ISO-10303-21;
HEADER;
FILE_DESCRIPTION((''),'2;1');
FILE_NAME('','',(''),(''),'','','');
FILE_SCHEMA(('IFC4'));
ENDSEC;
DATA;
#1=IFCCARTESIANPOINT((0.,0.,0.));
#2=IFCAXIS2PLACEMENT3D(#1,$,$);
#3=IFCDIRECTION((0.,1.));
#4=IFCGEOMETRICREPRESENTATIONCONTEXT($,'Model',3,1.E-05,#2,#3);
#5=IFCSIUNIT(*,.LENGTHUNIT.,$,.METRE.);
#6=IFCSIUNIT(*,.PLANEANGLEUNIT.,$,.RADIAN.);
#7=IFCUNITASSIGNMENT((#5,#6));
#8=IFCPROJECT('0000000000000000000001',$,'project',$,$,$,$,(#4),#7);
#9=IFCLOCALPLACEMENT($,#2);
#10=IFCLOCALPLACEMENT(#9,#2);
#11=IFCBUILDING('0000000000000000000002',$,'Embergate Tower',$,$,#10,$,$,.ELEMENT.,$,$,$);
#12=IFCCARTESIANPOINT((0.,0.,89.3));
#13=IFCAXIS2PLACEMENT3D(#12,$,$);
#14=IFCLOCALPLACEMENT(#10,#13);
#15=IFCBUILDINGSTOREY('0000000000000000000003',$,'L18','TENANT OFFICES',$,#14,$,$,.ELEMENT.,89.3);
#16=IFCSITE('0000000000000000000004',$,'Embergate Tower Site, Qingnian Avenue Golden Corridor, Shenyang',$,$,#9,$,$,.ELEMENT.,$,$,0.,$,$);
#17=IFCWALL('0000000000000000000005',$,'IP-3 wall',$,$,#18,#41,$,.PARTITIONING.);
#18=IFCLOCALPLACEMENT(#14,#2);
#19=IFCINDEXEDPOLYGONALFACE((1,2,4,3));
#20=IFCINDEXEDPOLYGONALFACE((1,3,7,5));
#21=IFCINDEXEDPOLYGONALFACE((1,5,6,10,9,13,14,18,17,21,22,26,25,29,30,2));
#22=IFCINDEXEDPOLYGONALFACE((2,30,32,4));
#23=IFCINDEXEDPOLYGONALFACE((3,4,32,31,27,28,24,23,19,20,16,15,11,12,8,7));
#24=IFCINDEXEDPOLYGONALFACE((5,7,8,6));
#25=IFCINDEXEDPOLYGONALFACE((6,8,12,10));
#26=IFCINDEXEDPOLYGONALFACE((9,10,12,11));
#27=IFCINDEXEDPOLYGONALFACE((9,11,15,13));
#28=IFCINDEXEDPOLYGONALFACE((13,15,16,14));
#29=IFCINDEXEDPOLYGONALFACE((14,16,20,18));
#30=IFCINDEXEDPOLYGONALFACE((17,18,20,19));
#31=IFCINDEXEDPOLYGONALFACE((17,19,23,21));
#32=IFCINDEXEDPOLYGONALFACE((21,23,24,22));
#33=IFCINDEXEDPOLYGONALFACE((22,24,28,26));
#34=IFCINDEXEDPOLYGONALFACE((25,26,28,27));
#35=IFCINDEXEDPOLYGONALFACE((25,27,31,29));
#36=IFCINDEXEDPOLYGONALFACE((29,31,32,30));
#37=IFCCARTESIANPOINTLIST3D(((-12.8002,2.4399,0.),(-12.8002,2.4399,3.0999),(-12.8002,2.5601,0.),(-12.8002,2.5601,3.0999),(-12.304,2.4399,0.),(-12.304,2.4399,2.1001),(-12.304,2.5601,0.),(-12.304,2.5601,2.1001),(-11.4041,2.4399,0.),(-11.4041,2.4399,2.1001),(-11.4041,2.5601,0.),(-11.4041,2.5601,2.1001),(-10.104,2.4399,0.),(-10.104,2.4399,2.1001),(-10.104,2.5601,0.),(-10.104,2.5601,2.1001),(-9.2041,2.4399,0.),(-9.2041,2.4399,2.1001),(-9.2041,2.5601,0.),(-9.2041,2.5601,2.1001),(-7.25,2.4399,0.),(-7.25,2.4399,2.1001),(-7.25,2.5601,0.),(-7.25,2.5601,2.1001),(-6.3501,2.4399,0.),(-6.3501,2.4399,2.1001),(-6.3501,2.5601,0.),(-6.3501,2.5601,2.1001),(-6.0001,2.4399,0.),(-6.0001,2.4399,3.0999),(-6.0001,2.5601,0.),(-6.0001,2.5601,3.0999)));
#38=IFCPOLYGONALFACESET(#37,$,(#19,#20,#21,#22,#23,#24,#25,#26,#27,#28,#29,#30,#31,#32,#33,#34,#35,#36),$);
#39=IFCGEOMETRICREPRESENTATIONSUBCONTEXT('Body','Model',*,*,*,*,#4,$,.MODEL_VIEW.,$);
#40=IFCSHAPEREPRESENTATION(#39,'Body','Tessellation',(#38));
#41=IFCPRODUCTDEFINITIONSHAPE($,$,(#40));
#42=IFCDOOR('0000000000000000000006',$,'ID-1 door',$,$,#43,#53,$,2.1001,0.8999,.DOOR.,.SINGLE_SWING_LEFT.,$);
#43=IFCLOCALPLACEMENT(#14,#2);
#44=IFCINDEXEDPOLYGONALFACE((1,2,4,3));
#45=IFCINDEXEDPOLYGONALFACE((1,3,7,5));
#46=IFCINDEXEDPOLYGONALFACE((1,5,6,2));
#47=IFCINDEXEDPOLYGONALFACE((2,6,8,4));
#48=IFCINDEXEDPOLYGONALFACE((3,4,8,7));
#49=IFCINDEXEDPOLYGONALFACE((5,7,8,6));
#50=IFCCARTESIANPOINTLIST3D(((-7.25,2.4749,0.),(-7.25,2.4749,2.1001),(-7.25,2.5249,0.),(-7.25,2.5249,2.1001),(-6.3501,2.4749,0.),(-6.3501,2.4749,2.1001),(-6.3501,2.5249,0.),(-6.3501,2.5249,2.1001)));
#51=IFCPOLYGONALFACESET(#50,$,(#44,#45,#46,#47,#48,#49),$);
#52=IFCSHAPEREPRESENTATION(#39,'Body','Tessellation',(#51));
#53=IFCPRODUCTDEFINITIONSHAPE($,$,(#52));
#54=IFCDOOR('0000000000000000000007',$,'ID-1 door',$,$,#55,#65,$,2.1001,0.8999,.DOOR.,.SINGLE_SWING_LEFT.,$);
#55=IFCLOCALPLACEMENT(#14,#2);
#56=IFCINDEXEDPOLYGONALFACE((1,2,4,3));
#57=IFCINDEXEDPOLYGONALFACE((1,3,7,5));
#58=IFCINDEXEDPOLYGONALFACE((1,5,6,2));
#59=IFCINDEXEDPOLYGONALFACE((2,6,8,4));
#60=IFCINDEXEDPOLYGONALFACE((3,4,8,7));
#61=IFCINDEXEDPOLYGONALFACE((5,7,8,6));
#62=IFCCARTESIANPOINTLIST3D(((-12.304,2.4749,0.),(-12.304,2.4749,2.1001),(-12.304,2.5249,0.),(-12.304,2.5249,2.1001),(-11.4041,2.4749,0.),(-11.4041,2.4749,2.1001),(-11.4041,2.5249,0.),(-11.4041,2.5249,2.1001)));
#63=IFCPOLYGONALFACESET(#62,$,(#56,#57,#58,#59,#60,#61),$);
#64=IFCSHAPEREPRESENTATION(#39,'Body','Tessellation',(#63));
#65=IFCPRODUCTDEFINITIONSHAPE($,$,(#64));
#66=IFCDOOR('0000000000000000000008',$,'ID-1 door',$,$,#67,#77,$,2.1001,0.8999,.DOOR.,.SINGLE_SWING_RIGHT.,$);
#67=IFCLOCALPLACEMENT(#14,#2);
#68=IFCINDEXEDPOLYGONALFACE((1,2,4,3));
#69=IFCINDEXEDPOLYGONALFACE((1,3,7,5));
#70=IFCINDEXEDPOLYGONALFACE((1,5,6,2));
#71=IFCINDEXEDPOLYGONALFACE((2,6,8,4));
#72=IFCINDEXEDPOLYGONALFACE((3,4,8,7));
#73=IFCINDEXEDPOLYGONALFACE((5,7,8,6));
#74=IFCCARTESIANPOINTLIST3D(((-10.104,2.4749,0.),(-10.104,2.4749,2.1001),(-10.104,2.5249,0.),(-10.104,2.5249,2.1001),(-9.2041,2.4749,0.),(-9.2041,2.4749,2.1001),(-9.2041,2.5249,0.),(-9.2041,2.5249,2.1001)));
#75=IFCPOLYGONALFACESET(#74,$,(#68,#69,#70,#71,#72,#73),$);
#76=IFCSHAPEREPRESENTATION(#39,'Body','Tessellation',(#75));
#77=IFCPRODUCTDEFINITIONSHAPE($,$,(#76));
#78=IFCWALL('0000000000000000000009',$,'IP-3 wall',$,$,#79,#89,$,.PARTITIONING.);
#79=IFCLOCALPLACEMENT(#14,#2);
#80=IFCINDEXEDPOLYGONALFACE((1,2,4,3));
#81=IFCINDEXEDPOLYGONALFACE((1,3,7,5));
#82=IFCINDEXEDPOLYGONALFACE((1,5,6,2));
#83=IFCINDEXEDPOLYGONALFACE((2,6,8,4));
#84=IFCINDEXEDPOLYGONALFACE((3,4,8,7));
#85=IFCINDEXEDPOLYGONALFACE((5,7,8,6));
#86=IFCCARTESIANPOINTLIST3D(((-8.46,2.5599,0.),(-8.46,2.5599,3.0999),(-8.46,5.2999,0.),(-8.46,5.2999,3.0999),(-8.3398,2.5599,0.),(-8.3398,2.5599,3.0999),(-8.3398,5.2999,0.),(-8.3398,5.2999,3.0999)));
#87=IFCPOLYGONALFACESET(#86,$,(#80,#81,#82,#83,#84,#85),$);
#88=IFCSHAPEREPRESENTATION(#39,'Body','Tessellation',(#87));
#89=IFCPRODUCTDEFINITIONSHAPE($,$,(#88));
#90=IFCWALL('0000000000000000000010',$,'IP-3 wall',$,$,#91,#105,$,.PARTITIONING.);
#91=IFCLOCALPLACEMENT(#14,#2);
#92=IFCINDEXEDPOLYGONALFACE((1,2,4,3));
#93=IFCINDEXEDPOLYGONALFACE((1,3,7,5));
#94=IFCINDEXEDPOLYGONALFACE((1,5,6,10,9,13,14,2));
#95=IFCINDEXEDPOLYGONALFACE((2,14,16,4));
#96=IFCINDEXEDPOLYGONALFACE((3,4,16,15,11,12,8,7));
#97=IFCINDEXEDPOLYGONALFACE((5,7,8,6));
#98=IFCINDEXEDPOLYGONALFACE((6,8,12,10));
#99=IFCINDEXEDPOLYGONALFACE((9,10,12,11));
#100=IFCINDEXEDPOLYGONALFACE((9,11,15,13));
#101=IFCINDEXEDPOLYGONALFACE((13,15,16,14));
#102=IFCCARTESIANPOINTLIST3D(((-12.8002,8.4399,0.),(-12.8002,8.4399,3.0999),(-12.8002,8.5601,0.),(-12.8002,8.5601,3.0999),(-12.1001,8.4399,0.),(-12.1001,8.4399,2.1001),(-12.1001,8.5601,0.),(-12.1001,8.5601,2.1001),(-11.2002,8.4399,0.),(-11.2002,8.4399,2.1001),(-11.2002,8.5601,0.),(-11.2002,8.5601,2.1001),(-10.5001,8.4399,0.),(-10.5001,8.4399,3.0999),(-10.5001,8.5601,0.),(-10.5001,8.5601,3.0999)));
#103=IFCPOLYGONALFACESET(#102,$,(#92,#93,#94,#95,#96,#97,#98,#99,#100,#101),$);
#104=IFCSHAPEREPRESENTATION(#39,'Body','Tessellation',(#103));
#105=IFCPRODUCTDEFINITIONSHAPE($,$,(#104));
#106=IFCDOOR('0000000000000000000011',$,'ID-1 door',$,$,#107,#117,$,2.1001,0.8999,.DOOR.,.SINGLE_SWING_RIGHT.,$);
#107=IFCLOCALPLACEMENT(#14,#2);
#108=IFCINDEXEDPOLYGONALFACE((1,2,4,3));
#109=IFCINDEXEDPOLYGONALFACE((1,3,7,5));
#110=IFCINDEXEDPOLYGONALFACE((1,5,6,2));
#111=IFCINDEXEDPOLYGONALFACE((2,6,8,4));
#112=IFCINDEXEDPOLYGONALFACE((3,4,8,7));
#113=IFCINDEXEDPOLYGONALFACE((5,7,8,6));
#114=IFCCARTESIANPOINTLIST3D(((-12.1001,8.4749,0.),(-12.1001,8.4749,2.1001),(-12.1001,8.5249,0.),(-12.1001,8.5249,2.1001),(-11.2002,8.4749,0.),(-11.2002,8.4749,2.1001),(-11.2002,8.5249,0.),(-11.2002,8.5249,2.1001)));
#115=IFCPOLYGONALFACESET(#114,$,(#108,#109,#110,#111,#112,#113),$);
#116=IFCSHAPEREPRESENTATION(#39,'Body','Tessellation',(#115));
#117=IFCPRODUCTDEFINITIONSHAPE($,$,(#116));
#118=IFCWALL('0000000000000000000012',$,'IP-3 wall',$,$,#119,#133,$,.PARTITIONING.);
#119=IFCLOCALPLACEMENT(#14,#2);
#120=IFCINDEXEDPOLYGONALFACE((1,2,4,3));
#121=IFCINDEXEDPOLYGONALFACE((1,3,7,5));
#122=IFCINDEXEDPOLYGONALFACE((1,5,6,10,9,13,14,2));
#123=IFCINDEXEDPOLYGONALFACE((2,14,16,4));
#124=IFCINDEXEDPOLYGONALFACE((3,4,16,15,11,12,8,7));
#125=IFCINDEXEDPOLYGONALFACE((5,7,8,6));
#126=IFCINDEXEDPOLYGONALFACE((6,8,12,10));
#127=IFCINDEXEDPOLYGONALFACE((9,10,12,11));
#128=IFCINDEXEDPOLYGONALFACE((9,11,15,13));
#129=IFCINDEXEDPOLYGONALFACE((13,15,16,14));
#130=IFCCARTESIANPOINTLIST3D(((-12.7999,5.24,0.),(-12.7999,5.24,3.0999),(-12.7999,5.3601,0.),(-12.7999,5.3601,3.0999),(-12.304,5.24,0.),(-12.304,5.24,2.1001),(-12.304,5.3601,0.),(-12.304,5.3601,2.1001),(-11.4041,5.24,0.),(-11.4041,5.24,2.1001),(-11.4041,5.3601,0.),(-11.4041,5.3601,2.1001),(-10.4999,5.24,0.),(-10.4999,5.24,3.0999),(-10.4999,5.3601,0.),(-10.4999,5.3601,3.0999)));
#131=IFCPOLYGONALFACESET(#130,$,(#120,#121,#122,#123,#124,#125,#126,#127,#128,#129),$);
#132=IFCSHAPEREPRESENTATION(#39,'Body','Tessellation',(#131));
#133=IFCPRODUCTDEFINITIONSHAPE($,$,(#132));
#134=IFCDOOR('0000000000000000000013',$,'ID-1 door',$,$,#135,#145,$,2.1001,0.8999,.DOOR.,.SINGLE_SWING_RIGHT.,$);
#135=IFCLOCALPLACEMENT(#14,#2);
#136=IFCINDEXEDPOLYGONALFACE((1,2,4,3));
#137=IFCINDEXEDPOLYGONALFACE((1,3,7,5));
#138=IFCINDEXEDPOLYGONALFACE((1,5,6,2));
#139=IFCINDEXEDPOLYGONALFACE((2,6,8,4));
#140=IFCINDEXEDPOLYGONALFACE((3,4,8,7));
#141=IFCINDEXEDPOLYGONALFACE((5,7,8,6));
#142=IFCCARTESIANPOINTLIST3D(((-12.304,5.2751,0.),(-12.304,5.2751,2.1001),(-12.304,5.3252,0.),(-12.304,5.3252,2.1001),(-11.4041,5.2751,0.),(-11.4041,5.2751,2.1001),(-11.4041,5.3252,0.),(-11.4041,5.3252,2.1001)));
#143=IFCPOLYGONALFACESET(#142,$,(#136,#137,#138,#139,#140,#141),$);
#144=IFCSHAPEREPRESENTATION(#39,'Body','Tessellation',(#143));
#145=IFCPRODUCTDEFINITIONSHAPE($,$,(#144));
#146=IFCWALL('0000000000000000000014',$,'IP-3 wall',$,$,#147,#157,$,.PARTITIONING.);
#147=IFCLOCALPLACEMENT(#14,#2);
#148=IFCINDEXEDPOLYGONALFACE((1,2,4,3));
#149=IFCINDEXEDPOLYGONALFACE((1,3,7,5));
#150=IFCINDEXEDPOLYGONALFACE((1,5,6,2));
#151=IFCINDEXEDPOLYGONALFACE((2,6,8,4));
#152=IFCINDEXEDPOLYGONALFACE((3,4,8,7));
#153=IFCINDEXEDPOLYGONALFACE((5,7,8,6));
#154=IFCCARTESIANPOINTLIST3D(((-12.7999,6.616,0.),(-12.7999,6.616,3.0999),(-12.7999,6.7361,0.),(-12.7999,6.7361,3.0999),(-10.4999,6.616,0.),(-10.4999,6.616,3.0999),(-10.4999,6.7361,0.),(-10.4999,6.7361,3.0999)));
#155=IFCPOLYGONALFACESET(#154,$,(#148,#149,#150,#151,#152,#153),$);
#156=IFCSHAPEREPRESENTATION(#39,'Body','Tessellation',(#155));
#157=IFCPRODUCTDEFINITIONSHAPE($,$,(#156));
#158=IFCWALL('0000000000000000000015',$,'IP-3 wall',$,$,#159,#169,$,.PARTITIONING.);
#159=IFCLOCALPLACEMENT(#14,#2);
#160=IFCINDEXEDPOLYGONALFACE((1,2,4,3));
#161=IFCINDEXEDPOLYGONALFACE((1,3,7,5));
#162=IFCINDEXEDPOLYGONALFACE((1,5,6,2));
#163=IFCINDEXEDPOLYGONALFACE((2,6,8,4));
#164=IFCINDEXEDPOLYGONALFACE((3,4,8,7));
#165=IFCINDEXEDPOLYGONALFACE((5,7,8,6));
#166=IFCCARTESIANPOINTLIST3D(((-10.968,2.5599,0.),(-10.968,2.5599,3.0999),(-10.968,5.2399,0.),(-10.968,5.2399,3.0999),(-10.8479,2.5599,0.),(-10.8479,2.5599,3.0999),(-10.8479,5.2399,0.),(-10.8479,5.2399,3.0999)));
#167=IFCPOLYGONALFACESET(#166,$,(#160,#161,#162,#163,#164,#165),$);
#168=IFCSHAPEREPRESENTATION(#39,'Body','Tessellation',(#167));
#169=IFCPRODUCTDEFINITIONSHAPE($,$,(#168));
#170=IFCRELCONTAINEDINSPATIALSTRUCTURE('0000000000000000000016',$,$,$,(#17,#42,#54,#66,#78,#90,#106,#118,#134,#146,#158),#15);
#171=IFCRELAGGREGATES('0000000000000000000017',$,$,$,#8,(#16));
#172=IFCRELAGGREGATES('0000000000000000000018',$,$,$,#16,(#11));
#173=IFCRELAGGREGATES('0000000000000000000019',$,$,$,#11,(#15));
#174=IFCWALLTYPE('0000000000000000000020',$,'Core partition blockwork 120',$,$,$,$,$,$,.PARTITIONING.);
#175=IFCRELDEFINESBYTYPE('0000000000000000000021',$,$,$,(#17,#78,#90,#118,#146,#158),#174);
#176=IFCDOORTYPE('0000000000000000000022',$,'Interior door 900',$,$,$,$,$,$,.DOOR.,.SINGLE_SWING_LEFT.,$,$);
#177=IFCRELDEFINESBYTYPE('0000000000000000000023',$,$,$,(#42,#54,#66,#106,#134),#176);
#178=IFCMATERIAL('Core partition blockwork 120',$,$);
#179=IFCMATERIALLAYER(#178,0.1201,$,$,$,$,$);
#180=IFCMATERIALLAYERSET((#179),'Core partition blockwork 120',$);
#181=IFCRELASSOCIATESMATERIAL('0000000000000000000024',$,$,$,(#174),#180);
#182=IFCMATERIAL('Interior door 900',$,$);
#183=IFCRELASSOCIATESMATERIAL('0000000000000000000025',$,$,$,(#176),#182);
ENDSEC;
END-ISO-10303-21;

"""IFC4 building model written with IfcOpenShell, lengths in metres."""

from ifc_helpers import new_model, si_unit, direction, frame, frame_2d, origin, place, context, subcontext, project, spatial, rectangle, extrude, source, transform, mapped, material, layer, layer_set, type_object, element, fill, save


model = new_model("IFC4")

# Units and contexts
model_context = context("Model", 3, precision=1e-05, world=origin(), true_north=direction((0.0, 1.0)))
body_context = subcontext(model_context, "Body", "Model", "MODEL_VIEW")
ifc_project = project(units=[si_unit("LENGTHUNIT", "METRE"), si_unit("PLANEANGLEUNIT", "RADIAN")], contexts=[model_context])

# Site, building, storey
site_placement = place(None, origin())
site = spatial("IfcSite", under=ifc_project, at=site_placement, Name="Embergate Tower Site, Qingnian Avenue Golden Corridor, Shenyang", CompositionType="ELEMENT", RefElevation=0.0)
building_placement = place(site_placement, origin())
building = spatial("IfcBuilding", under=site, at=building_placement, Name="Embergate Tower", CompositionType="ELEMENT")
storey_placement = place(building_placement, frame((0.0, 0.0, 89.3)))
storey = spatial("IfcBuildingStorey", under=building, at=storey_placement, Name="L18", Description="TENANT OFFICES", CompositionType="ELEMENT", Elevation=89.3)

# Wall, openings, doors
ifc_material_1 = material(Name="Core partition blockwork 120")
ifc_layer_1 = layer(ifc_material_1, 0.1201)
ifc_layer_set_1 = layer_set([ifc_layer_1], Name="Core partition blockwork 120")
wall_type_1 = type_object("IfcWallType", Name="Core partition blockwork 120", PredefinedType="PARTITIONING", material=ifc_layer_set_1)
shared_shape_1 = source(origin(), body_context, "Body", "SweptSolid", [
    extrude(rectangle(XDim=6.8, YDim=0.1201, at=frame_2d((3.3999, 0.0))), origin(), (0.0, 0.0, 1.0), 3.0999),
])
wall_1_placement = place(storey_placement, frame((-12.8, 2.5, 0.0), z_axis=(0.0, 0.0, 1.0), x_axis=(1.0, 0.0, 0.0)))
wall_1 = element("IfcWall", 1, at=wall_1_placement, inside=storey, type_object=wall_type_1, Name="IP-3 wall", PredefinedType="PARTITIONING", context=body_context, shape_type="MappedRepresentation", body=[
    mapped(shared_shape_1, transform((0.0, 0.0, 0.0))),
])
shared_shape_2 = source(origin(), body_context, "Body", "SweptSolid", [
    extrude(rectangle(XDim=0.8999, YDim=2.1001, at=frame_2d((0.45, 1.05))), frame((0.0, 0.0701, 0.0), z_axis=(0.0, -1.0, 0.0), x_axis=(1.0, 0.0, 0.0)), (0.0, 0.0, 1.0), 0.1401),
])
opening_1_placement = place(wall_1_placement, frame((5.55, 0.0, 0.0)))
opening_1 = element("IfcOpeningElement", 2, at=opening_1_placement, cuts=wall_1, PredefinedType="OPENING", context=body_context, shape_type="MappedRepresentation", body=[
    mapped(shared_shape_2, transform((0.0, 0.0, 0.0))),
])
opening_2_placement = place(wall_1_placement, frame((0.4961, 0.0, 0.0)))
opening_2 = element("IfcOpeningElement", 3, at=opening_2_placement, cuts=wall_1, PredefinedType="OPENING", context=body_context, shape_type="MappedRepresentation", body=[
    mapped(shared_shape_2, transform((0.0, 0.0, 0.0))),
])
opening_3_placement = place(wall_1_placement, frame((2.696, 0.0, 0.0)))
opening_3 = element("IfcOpeningElement", 4, at=opening_3_placement, cuts=wall_1, PredefinedType="OPENING", context=body_context, shape_type="MappedRepresentation", body=[
    mapped(shared_shape_2, transform((0.0, 0.0, 0.0))),
])
ifc_material_2 = material(Name="Interior door 900")
door_type_1 = type_object("IfcDoorType", Name="Interior door 900", OperationType="SINGLE_SWING_LEFT", PredefinedType="DOOR", material=ifc_material_2)
shared_shape_3 = source(origin(), body_context, "Body", "SweptSolid", [
    extrude(rectangle(XDim=0.8999, YDim=2.1001, at=frame_2d((0.45, 1.05))), frame((0.0, 0.0249, 0.0), z_axis=(0.0, -1.0, 0.0), x_axis=(1.0, 0.0, 0.0)), (0.0, 0.0, 1.0), 0.05),
])
door_1_placement = place(opening_1_placement, origin())
door_1 = element("IfcDoor", 5, at=door_1_placement, inside=storey, type_object=door_type_1, Name="ID-1 door", OperationType="SINGLE_SWING_LEFT", OverallHeight=2.1001, OverallWidth=0.8999, PredefinedType="DOOR", context=body_context, shape_type="MappedRepresentation", body=[
    mapped(shared_shape_3, transform((0.0, 0.0, 0.0))),
])
fill(opening_1, door_1)
door_2_placement = place(opening_2_placement, origin())
door_2 = element("IfcDoor", 6, at=door_2_placement, inside=storey, type_object=door_type_1, Name="ID-1 door", OperationType="SINGLE_SWING_LEFT", OverallHeight=2.1001, OverallWidth=0.8999, PredefinedType="DOOR", context=body_context, shape_type="MappedRepresentation", body=[
    mapped(shared_shape_3, transform((0.0, 0.0, 0.0))),
])
fill(opening_2, door_2)
door_3_placement = place(opening_3_placement, origin())
door_3 = element("IfcDoor", 7, at=door_3_placement, inside=storey, type_object=door_type_1, Name="ID-1 door", OperationType="SINGLE_SWING_RIGHT", OverallHeight=2.1001, OverallWidth=0.8999, PredefinedType="DOOR", context=body_context, shape_type="MappedRepresentation", body=[
    mapped(shared_shape_3, transform((0.0, 0.0, 0.0))),
])
fill(opening_3, door_3)

# Wall
shared_shape_4 = source(origin(), body_context, "Body", "SweptSolid", [
    extrude(rectangle(XDim=2.74, YDim=0.1201, at=frame_2d((1.3701, 0.0))), origin(), (0.0, 0.0, 1.0), 3.0999),
])
wall_2_placement = place(storey_placement, frame((-8.3999, 5.3, 0.0), z_axis=(0.0, 0.0, 1.0), x_axis=(0.0, -1.0, 0.0)))
element("IfcWall", 8, at=wall_2_placement, inside=storey, type_object=wall_type_1, Name="IP-3 wall", PredefinedType="PARTITIONING", context=body_context, shape_type="MappedRepresentation", body=[
    mapped(shared_shape_4, transform((0.0, 0.0, 0.0))),
])

# Walls, openings, doors
shared_shape_5 = source(origin(), body_context, "Body", "SweptSolid", [
    extrude(rectangle(XDim=2.3, YDim=0.1201, at=frame_2d((1.1499, 0.0))), origin(), (0.0, 0.0, 1.0), 3.0999),
])
wall_3_placement = place(storey_placement, frame((-12.8, 8.5, 0.0), z_axis=(0.0, 0.0, 1.0), x_axis=(1.0, 0.0, 0.0)))
wall_3 = element("IfcWall", 9, at=wall_3_placement, inside=storey, type_object=wall_type_1, Name="IP-3 wall", PredefinedType="PARTITIONING", context=body_context, shape_type="MappedRepresentation", body=[
    mapped(shared_shape_5, transform((0.0, 0.0, 0.0))),
])
opening_4_placement = place(wall_3_placement, frame((0.7, 0.0, 0.0)))
opening_4 = element("IfcOpeningElement", 10, at=opening_4_placement, cuts=wall_3, PredefinedType="OPENING", context=body_context, shape_type="MappedRepresentation", body=[
    mapped(shared_shape_2, transform((0.0, 0.0, 0.0))),
])
door_4_placement = place(opening_4_placement, origin())
door_4 = element("IfcDoor", 11, at=door_4_placement, inside=storey, type_object=door_type_1, Name="ID-1 door", OperationType="SINGLE_SWING_RIGHT", OverallHeight=2.1001, OverallWidth=0.8999, PredefinedType="DOOR", context=body_context, shape_type="MappedRepresentation", body=[
    mapped(shared_shape_3, transform((0.0, 0.0, 0.0))),
])
fill(opening_4, door_4)
wall_4_placement = place(storey_placement, frame((-10.5, 5.3, 0.0), z_axis=(0.0, 0.0, 1.0), x_axis=(-1.0, 0.0, 0.0)))
wall_4 = element("IfcWall", 12, at=wall_4_placement, inside=storey, type_object=wall_type_1, Name="IP-3 wall", PredefinedType="PARTITIONING", context=body_context, shape_type="MappedRepresentation", body=[
    mapped(shared_shape_5, transform((0.0, 0.0, 0.0))),
])
opening_5_placement = place(wall_4_placement, frame((0.9041, 0.0, 0.0)))
opening_5 = element("IfcOpeningElement", 13, at=opening_5_placement, cuts=wall_4, PredefinedType="OPENING", context=body_context, shape_type="MappedRepresentation", body=[
    mapped(shared_shape_2, transform((0.0, 0.0, 0.0))),
])
door_5_placement = place(opening_5_placement, origin())
door_5 = element("IfcDoor", 14, at=door_5_placement, inside=storey, type_object=door_type_1, Name="ID-1 door", OperationType="SINGLE_SWING_RIGHT", OverallHeight=2.1001, OverallWidth=0.8999, PredefinedType="DOOR", context=body_context, shape_type="MappedRepresentation", body=[
    mapped(shared_shape_3, transform((0.0, 0.0, 0.0))),
])
fill(opening_5, door_5)

# Walls
wall_5_placement = place(storey_placement, frame((-10.5, 6.676, 0.0), z_axis=(0.0, 0.0, 1.0), x_axis=(-1.0, 0.0, 0.0)))
element("IfcWall", 15, at=wall_5_placement, inside=storey, type_object=wall_type_1, Name="IP-3 wall", PredefinedType="PARTITIONING", context=body_context, shape_type="MappedRepresentation", body=[
    mapped(shared_shape_5, transform((0.0, 0.0, 0.0))),
])
shared_shape_6 = source(origin(), body_context, "Body", "SweptSolid", [
    extrude(rectangle(XDim=2.6799, YDim=0.1201, at=frame_2d((1.3398, 0.0))), origin(), (0.0, 0.0, 1.0), 3.0999),
])
wall_6_placement = place(storey_placement, frame((-10.908, 2.5601, 0.0), z_axis=(0.0, 0.0, 1.0), x_axis=(0.0, 1.0, 0.0)))
element("IfcWall", 16, at=wall_6_placement, inside=storey, type_object=wall_type_1, Name="IP-3 wall", PredefinedType="PARTITIONING", context=body_context, shape_type="MappedRepresentation", body=[
    mapped(shared_shape_6, transform((0.0, 0.0, 0.0))),
])

save(model, "model.ifc")
